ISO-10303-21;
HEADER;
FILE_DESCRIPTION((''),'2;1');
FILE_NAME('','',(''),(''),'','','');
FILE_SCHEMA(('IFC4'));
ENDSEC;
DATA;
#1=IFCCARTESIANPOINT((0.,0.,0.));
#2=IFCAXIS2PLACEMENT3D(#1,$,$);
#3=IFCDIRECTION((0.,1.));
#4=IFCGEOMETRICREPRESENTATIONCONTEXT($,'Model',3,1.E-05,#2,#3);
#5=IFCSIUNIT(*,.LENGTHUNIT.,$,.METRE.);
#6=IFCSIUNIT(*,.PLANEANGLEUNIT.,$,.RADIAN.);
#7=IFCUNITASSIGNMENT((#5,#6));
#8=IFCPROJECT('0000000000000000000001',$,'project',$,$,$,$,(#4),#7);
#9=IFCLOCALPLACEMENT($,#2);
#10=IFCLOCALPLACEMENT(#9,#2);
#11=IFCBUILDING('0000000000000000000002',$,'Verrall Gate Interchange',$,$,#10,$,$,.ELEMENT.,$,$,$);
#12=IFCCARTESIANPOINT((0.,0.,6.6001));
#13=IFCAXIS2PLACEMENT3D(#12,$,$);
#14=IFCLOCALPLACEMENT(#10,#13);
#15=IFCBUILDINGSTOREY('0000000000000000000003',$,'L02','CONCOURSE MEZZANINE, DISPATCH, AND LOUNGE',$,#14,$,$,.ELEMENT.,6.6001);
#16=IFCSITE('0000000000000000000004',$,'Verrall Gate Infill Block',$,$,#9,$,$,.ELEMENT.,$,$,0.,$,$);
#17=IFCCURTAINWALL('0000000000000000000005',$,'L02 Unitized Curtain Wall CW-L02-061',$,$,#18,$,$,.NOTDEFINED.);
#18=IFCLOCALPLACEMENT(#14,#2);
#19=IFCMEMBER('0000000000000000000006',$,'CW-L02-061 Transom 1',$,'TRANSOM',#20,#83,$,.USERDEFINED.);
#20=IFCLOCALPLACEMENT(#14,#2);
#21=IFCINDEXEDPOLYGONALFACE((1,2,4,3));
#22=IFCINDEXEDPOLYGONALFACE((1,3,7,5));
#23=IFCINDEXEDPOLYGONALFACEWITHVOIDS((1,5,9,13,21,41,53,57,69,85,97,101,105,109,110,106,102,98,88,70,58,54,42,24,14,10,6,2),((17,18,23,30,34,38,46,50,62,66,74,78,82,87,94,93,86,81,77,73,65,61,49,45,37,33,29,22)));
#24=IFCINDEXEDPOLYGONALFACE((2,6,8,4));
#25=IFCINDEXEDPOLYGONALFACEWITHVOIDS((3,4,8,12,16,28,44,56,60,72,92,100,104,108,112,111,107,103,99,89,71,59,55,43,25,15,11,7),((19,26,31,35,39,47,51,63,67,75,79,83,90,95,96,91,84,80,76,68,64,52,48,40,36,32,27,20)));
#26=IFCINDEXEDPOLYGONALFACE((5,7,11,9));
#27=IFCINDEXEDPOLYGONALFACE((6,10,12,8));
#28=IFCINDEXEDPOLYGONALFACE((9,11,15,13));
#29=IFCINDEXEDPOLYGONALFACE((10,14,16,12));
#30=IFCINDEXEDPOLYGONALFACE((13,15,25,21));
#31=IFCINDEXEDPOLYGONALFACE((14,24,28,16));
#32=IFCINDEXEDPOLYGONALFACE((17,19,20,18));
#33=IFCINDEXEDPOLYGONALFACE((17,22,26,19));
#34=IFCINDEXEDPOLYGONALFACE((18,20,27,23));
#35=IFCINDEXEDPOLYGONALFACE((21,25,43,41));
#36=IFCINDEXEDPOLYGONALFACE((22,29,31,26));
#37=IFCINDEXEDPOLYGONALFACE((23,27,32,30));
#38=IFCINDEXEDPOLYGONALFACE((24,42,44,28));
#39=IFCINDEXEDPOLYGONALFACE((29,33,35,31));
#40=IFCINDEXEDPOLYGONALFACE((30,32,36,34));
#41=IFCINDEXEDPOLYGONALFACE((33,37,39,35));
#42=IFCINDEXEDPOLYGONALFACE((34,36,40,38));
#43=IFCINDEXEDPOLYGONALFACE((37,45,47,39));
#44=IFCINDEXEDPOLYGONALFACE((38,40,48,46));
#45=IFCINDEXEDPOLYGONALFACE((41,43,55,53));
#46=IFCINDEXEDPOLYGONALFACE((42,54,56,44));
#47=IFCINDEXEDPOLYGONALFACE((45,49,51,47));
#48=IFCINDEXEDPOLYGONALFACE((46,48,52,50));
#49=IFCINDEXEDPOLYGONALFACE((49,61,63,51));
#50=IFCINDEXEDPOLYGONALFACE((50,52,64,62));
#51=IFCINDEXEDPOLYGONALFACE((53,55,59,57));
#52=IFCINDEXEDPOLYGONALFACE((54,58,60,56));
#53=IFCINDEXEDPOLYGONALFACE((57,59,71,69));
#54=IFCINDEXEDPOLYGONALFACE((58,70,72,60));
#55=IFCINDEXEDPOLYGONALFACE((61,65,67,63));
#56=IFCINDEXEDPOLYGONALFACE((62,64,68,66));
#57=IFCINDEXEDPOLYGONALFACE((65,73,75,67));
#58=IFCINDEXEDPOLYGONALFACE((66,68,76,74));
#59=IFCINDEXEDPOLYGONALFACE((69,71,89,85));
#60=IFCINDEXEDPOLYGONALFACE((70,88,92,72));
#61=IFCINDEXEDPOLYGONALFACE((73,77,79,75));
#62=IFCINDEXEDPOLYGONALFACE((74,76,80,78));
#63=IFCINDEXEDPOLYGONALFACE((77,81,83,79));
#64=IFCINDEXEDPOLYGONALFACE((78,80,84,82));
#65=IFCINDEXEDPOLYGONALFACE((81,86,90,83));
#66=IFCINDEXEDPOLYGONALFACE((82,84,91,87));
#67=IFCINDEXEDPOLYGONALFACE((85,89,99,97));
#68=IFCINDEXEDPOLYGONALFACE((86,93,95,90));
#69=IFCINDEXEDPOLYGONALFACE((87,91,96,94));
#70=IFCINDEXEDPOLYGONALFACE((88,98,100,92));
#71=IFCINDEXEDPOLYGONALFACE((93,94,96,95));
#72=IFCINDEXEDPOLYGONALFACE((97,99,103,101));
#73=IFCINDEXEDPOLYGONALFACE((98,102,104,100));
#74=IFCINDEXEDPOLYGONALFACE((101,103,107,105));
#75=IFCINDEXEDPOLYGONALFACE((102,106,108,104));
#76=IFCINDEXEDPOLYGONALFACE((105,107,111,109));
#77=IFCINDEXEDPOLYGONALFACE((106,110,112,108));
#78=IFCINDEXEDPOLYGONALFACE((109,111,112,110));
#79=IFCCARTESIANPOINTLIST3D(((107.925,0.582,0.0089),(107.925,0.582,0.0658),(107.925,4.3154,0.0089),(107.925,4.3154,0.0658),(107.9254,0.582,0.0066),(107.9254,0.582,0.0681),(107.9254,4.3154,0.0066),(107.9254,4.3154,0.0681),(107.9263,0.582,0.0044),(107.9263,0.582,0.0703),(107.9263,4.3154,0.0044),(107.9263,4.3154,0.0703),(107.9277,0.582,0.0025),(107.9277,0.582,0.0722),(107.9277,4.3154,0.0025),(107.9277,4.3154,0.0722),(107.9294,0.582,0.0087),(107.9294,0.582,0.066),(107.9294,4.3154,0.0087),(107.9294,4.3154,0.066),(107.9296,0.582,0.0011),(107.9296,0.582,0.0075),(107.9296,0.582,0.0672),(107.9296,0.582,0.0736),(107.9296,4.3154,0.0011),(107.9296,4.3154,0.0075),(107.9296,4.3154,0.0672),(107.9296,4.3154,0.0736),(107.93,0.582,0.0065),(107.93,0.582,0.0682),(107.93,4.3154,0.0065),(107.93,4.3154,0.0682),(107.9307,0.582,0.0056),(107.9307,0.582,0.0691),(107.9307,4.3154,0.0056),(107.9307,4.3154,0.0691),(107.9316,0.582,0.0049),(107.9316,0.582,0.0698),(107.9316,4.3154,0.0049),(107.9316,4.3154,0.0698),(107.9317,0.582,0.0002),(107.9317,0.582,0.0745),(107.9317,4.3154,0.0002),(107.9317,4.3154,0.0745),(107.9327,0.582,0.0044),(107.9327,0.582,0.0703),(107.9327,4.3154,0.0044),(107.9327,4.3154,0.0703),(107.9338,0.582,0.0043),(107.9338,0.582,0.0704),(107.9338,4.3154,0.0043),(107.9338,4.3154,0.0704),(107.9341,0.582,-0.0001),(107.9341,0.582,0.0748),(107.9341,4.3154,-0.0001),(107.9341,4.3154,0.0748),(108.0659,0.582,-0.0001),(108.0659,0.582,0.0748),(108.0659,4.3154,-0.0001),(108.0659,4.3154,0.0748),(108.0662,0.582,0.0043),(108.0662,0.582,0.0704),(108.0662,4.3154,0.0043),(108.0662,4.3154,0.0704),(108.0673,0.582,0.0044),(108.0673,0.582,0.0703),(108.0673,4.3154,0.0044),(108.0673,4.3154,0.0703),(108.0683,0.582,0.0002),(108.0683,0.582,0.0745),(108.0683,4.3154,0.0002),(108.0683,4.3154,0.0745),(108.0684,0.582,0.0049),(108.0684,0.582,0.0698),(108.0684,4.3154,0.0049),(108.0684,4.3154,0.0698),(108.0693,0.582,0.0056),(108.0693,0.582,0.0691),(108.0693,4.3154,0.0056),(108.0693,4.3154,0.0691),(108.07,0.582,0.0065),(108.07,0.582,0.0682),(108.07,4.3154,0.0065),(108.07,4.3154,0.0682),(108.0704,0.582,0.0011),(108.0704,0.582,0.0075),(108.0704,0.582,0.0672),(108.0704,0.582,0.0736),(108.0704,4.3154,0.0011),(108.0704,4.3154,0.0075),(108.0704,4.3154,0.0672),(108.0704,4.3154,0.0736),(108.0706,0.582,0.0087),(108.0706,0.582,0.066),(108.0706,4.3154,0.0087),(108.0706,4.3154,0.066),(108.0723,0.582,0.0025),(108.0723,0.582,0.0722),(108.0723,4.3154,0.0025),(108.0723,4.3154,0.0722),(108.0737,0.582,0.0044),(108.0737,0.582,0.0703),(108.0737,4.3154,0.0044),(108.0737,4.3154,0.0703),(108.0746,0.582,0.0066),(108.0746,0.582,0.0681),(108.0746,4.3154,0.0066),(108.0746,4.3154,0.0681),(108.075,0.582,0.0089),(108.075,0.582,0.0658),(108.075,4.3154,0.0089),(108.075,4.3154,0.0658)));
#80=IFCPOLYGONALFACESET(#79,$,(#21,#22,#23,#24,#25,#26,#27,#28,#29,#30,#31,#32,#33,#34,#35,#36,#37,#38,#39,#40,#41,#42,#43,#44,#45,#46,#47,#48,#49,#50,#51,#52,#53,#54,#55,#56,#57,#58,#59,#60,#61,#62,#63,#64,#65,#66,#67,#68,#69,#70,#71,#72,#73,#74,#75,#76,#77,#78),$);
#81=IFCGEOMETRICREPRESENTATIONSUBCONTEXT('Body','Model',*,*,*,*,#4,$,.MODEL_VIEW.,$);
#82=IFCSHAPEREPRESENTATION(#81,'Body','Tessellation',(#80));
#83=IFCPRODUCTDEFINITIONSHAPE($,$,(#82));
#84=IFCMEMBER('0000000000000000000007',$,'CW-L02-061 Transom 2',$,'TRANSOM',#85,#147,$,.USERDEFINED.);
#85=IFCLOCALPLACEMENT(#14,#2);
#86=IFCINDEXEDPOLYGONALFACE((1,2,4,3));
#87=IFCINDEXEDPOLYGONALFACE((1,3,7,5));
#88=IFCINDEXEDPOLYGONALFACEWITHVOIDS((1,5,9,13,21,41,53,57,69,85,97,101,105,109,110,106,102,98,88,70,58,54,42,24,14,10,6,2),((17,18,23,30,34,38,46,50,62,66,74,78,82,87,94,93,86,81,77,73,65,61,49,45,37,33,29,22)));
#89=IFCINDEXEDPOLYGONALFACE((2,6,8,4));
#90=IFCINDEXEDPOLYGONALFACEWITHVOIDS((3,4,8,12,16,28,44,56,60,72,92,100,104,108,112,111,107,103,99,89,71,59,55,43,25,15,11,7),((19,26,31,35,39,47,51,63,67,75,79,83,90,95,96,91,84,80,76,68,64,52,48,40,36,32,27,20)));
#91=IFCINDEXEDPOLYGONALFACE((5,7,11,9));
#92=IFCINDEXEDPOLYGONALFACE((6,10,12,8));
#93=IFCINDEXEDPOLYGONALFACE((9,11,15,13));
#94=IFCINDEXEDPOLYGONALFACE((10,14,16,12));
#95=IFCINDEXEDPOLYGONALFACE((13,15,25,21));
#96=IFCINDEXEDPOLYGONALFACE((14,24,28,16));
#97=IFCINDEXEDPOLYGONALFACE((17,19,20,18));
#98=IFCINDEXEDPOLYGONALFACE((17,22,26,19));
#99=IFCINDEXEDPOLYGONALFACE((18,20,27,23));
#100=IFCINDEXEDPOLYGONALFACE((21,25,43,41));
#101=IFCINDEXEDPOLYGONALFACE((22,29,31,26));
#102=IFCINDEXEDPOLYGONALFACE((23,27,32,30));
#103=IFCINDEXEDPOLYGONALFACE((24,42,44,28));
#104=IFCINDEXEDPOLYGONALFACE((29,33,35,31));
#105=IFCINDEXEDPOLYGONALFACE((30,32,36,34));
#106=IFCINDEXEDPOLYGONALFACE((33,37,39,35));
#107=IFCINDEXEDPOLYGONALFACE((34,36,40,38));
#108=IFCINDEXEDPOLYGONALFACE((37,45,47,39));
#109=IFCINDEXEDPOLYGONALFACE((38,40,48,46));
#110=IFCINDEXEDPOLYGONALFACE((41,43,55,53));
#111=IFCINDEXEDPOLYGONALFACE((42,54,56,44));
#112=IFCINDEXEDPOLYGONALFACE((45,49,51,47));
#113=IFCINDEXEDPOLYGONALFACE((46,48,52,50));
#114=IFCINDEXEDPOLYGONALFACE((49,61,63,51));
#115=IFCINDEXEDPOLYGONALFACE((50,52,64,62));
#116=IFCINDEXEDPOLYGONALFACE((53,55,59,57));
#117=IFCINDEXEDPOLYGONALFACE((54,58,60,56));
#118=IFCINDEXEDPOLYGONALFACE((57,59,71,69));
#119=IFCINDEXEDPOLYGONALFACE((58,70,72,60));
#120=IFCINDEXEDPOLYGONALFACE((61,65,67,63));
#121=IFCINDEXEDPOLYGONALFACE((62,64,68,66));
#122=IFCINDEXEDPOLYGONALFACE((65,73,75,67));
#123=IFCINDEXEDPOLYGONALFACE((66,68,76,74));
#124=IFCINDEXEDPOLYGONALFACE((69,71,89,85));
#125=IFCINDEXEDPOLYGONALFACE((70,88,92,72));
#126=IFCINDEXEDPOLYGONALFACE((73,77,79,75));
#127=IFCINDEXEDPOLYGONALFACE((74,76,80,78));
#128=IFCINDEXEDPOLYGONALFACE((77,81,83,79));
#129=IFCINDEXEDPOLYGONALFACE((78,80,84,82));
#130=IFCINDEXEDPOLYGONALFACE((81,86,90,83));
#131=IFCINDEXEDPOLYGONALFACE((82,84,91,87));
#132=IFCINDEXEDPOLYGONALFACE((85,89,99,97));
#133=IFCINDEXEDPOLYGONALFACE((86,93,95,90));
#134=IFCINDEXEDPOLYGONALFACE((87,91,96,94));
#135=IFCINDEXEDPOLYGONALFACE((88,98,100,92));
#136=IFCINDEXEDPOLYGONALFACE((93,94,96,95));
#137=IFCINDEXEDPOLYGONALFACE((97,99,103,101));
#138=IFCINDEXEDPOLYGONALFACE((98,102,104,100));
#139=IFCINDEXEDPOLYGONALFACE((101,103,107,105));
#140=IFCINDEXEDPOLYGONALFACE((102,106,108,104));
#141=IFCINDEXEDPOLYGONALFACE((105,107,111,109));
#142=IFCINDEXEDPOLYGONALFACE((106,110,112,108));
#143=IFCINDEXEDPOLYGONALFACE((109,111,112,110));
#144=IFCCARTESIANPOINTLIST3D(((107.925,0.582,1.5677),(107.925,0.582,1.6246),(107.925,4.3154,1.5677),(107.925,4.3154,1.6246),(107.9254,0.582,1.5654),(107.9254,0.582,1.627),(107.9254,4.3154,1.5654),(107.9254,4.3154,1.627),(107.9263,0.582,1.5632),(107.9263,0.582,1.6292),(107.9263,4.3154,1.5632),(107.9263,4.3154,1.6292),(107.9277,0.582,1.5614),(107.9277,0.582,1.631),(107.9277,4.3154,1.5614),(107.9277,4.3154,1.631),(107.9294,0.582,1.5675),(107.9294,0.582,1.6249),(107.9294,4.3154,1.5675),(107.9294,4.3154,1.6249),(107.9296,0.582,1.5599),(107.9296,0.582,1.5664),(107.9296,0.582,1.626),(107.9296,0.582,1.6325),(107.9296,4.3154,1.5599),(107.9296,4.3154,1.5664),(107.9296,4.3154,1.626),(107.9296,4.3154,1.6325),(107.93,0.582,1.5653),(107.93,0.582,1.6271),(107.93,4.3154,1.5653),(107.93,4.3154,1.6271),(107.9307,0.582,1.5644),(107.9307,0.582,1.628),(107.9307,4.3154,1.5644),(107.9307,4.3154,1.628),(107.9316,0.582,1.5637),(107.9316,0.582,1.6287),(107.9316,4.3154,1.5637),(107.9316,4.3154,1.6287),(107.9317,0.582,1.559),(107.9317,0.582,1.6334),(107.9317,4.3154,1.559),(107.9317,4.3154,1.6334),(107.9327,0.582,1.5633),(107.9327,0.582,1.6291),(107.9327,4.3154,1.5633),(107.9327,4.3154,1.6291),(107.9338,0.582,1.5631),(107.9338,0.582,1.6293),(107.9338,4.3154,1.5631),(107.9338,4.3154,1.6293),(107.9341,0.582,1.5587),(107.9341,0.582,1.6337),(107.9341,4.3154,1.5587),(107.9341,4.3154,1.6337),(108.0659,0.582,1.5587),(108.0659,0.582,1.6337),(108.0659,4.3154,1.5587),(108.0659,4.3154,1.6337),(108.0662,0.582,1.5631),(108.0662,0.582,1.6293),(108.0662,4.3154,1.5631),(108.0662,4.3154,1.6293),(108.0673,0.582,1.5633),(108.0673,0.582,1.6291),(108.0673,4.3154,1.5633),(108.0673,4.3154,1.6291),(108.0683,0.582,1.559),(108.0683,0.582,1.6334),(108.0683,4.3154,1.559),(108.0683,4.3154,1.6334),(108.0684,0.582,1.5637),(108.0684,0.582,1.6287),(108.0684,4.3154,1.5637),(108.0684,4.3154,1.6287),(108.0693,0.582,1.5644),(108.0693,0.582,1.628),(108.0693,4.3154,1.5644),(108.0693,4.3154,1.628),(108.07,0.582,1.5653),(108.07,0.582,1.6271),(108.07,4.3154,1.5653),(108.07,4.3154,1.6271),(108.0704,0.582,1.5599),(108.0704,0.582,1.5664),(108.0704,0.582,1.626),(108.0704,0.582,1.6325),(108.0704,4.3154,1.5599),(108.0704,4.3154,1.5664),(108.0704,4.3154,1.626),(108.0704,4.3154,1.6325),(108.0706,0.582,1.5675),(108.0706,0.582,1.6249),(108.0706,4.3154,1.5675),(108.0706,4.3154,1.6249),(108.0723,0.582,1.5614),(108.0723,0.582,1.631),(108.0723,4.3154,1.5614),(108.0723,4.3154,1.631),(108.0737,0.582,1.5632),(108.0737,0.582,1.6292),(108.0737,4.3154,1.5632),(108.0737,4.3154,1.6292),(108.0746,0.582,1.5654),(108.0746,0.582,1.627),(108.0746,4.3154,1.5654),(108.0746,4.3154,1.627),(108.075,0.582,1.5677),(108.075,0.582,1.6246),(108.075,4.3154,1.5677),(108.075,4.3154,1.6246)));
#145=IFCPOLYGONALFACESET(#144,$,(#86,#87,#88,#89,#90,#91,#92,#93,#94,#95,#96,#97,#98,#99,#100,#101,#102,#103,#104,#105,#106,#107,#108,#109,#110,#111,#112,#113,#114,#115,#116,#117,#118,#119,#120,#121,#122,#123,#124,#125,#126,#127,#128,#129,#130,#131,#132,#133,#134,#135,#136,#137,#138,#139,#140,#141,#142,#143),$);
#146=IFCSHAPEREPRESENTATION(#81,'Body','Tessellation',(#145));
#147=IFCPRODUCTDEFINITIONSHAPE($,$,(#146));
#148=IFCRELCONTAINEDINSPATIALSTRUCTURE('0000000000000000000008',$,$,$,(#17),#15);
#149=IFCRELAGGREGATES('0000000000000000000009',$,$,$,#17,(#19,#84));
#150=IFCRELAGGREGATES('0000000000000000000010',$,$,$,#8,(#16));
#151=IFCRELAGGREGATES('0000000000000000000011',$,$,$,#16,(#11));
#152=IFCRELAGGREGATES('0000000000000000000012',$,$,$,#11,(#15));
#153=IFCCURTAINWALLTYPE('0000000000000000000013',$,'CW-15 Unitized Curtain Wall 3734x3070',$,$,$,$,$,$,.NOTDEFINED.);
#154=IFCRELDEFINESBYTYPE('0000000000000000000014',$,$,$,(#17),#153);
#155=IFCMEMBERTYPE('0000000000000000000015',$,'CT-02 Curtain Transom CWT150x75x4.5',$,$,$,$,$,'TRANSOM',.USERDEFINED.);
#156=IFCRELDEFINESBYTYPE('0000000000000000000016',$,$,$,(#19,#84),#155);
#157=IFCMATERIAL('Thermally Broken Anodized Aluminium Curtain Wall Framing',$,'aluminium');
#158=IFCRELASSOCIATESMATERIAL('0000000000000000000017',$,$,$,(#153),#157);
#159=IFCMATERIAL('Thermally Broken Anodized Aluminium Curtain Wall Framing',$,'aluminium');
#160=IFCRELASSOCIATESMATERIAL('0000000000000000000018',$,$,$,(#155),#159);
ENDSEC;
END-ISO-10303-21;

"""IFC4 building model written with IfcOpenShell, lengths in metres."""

from ifc_helpers import new_model, si_unit, direction, frame, origin, origin_2d, place, context, subcontext, project, spatial, hollow_rectangle, extrude, material, material_profile, profile_set, type_object, element, aggregate, save


model = new_model("IFC4")

# Units and contexts
model_context = context("Model", 3, precision=1e-05, world=origin(), true_north=direction((0.0, 1.0)))
body_context = subcontext(model_context, "Body", "Model", "MODEL_VIEW")
ifc_project = project(units=[si_unit("LENGTHUNIT", "METRE"), si_unit("PLANEANGLEUNIT", "RADIAN")], contexts=[model_context])

# Site, building, storey
site_placement = place(None, origin())
site = spatial("IfcSite", under=ifc_project, at=site_placement, Name="Verrall Gate Infill Block", CompositionType="ELEMENT", RefElevation=0.0)
building_placement = place(site_placement, origin())
building = spatial("IfcBuilding", under=site, at=building_placement, Name="Verrall Gate Interchange", CompositionType="ELEMENT")
storey_placement = place(building_placement, frame((0.0, 0.0, 6.6001)))
storey = spatial("IfcBuildingStorey", under=building, at=storey_placement, Name="L02", Description="CONCOURSE MEZZANINE, DISPATCH, AND LOUNGE", CompositionType="ELEMENT", Elevation=6.6001)

# Curtain wall
ifc_material_1 = material(Name="Thermally Broken Anodized Aluminium Curtain Wall Framing", Category="aluminium")
curtain_wall_type_1 = type_object("IfcCurtainWallType", Name="CW-15 Unitized Curtain Wall 3734x3070", PredefinedType="NOTDEFINED", material=ifc_material_1)
curtain_wall_1_placement = place(storey_placement, origin())
curtain_wall_1 = element("IfcCurtainWall", 1, at=curtain_wall_1_placement, inside=storey, type_object=curtain_wall_type_1, Name="L02 Unitized Curtain Wall CW-L02-061", PredefinedType="NOTDEFINED")

# Members
ifc_material_2 = material(Name="Thermally Broken Anodized Aluminium Curtain Wall Framing", Category="aluminium")
ifc_material_profile_1 = material_profile(ifc_material_2, hollow_rectangle(XDim=0.1499, YDim=0.075, WallThickness=0.0044, InnerFilletRadius=0.0044, OuterFilletRadius=0.009, at=origin_2d()), Name="CWT150x75x4.5")
ifc_profile_set_1 = profile_set([ifc_material_profile_1], Name="Thermally Broken Anodized Aluminium Curtain Wall Framing")
member_type_1 = type_object("IfcMemberType", Name="CT-02 Curtain Transom CWT150x75x4.5", ElementType="TRANSOM", PredefinedType="USERDEFINED", material=ifc_profile_set_1)
member_1_placement = place(storey_placement, frame((108.0, 0.582, 0.0374), z_axis=(0.0, 1.0, 0.0), x_axis=(-1.0, 0.0, 0.0)))
member_1 = element("IfcMember", 2, at=member_1_placement, type_object=member_type_1, Name="CW-L02-061 Transom 1", ObjectType="TRANSOM", PredefinedType="USERDEFINED", context=body_context, shape_type="SweptSolid", body=[
    extrude(hollow_rectangle(XDim=0.1499, YDim=0.075, WallThickness=0.0044, InnerFilletRadius=0.0044, OuterFilletRadius=0.009, at=origin_2d()), origin(), (0.0, 0.0, 1.0), 3.7334),
])
member_2_placement = place(storey_placement, frame((108.0, 0.582, 1.5962), z_axis=(0.0, 1.0, 0.0), x_axis=(-1.0, 0.0, 0.0)))
member_2 = element("IfcMember", 3, at=member_2_placement, type_object=member_type_1, Name="CW-L02-061 Transom 2", ObjectType="TRANSOM", PredefinedType="USERDEFINED", context=body_context, shape_type="SweptSolid", body=[
    extrude(hollow_rectangle(XDim=0.1499, YDim=0.075, WallThickness=0.0044, InnerFilletRadius=0.0044, OuterFilletRadius=0.009, at=origin_2d()), origin(), (0.0, 0.0, 1.0), 3.7334),
])

aggregate(curtain_wall_1, [member_1, member_2])

save(model, "model.ifc")
